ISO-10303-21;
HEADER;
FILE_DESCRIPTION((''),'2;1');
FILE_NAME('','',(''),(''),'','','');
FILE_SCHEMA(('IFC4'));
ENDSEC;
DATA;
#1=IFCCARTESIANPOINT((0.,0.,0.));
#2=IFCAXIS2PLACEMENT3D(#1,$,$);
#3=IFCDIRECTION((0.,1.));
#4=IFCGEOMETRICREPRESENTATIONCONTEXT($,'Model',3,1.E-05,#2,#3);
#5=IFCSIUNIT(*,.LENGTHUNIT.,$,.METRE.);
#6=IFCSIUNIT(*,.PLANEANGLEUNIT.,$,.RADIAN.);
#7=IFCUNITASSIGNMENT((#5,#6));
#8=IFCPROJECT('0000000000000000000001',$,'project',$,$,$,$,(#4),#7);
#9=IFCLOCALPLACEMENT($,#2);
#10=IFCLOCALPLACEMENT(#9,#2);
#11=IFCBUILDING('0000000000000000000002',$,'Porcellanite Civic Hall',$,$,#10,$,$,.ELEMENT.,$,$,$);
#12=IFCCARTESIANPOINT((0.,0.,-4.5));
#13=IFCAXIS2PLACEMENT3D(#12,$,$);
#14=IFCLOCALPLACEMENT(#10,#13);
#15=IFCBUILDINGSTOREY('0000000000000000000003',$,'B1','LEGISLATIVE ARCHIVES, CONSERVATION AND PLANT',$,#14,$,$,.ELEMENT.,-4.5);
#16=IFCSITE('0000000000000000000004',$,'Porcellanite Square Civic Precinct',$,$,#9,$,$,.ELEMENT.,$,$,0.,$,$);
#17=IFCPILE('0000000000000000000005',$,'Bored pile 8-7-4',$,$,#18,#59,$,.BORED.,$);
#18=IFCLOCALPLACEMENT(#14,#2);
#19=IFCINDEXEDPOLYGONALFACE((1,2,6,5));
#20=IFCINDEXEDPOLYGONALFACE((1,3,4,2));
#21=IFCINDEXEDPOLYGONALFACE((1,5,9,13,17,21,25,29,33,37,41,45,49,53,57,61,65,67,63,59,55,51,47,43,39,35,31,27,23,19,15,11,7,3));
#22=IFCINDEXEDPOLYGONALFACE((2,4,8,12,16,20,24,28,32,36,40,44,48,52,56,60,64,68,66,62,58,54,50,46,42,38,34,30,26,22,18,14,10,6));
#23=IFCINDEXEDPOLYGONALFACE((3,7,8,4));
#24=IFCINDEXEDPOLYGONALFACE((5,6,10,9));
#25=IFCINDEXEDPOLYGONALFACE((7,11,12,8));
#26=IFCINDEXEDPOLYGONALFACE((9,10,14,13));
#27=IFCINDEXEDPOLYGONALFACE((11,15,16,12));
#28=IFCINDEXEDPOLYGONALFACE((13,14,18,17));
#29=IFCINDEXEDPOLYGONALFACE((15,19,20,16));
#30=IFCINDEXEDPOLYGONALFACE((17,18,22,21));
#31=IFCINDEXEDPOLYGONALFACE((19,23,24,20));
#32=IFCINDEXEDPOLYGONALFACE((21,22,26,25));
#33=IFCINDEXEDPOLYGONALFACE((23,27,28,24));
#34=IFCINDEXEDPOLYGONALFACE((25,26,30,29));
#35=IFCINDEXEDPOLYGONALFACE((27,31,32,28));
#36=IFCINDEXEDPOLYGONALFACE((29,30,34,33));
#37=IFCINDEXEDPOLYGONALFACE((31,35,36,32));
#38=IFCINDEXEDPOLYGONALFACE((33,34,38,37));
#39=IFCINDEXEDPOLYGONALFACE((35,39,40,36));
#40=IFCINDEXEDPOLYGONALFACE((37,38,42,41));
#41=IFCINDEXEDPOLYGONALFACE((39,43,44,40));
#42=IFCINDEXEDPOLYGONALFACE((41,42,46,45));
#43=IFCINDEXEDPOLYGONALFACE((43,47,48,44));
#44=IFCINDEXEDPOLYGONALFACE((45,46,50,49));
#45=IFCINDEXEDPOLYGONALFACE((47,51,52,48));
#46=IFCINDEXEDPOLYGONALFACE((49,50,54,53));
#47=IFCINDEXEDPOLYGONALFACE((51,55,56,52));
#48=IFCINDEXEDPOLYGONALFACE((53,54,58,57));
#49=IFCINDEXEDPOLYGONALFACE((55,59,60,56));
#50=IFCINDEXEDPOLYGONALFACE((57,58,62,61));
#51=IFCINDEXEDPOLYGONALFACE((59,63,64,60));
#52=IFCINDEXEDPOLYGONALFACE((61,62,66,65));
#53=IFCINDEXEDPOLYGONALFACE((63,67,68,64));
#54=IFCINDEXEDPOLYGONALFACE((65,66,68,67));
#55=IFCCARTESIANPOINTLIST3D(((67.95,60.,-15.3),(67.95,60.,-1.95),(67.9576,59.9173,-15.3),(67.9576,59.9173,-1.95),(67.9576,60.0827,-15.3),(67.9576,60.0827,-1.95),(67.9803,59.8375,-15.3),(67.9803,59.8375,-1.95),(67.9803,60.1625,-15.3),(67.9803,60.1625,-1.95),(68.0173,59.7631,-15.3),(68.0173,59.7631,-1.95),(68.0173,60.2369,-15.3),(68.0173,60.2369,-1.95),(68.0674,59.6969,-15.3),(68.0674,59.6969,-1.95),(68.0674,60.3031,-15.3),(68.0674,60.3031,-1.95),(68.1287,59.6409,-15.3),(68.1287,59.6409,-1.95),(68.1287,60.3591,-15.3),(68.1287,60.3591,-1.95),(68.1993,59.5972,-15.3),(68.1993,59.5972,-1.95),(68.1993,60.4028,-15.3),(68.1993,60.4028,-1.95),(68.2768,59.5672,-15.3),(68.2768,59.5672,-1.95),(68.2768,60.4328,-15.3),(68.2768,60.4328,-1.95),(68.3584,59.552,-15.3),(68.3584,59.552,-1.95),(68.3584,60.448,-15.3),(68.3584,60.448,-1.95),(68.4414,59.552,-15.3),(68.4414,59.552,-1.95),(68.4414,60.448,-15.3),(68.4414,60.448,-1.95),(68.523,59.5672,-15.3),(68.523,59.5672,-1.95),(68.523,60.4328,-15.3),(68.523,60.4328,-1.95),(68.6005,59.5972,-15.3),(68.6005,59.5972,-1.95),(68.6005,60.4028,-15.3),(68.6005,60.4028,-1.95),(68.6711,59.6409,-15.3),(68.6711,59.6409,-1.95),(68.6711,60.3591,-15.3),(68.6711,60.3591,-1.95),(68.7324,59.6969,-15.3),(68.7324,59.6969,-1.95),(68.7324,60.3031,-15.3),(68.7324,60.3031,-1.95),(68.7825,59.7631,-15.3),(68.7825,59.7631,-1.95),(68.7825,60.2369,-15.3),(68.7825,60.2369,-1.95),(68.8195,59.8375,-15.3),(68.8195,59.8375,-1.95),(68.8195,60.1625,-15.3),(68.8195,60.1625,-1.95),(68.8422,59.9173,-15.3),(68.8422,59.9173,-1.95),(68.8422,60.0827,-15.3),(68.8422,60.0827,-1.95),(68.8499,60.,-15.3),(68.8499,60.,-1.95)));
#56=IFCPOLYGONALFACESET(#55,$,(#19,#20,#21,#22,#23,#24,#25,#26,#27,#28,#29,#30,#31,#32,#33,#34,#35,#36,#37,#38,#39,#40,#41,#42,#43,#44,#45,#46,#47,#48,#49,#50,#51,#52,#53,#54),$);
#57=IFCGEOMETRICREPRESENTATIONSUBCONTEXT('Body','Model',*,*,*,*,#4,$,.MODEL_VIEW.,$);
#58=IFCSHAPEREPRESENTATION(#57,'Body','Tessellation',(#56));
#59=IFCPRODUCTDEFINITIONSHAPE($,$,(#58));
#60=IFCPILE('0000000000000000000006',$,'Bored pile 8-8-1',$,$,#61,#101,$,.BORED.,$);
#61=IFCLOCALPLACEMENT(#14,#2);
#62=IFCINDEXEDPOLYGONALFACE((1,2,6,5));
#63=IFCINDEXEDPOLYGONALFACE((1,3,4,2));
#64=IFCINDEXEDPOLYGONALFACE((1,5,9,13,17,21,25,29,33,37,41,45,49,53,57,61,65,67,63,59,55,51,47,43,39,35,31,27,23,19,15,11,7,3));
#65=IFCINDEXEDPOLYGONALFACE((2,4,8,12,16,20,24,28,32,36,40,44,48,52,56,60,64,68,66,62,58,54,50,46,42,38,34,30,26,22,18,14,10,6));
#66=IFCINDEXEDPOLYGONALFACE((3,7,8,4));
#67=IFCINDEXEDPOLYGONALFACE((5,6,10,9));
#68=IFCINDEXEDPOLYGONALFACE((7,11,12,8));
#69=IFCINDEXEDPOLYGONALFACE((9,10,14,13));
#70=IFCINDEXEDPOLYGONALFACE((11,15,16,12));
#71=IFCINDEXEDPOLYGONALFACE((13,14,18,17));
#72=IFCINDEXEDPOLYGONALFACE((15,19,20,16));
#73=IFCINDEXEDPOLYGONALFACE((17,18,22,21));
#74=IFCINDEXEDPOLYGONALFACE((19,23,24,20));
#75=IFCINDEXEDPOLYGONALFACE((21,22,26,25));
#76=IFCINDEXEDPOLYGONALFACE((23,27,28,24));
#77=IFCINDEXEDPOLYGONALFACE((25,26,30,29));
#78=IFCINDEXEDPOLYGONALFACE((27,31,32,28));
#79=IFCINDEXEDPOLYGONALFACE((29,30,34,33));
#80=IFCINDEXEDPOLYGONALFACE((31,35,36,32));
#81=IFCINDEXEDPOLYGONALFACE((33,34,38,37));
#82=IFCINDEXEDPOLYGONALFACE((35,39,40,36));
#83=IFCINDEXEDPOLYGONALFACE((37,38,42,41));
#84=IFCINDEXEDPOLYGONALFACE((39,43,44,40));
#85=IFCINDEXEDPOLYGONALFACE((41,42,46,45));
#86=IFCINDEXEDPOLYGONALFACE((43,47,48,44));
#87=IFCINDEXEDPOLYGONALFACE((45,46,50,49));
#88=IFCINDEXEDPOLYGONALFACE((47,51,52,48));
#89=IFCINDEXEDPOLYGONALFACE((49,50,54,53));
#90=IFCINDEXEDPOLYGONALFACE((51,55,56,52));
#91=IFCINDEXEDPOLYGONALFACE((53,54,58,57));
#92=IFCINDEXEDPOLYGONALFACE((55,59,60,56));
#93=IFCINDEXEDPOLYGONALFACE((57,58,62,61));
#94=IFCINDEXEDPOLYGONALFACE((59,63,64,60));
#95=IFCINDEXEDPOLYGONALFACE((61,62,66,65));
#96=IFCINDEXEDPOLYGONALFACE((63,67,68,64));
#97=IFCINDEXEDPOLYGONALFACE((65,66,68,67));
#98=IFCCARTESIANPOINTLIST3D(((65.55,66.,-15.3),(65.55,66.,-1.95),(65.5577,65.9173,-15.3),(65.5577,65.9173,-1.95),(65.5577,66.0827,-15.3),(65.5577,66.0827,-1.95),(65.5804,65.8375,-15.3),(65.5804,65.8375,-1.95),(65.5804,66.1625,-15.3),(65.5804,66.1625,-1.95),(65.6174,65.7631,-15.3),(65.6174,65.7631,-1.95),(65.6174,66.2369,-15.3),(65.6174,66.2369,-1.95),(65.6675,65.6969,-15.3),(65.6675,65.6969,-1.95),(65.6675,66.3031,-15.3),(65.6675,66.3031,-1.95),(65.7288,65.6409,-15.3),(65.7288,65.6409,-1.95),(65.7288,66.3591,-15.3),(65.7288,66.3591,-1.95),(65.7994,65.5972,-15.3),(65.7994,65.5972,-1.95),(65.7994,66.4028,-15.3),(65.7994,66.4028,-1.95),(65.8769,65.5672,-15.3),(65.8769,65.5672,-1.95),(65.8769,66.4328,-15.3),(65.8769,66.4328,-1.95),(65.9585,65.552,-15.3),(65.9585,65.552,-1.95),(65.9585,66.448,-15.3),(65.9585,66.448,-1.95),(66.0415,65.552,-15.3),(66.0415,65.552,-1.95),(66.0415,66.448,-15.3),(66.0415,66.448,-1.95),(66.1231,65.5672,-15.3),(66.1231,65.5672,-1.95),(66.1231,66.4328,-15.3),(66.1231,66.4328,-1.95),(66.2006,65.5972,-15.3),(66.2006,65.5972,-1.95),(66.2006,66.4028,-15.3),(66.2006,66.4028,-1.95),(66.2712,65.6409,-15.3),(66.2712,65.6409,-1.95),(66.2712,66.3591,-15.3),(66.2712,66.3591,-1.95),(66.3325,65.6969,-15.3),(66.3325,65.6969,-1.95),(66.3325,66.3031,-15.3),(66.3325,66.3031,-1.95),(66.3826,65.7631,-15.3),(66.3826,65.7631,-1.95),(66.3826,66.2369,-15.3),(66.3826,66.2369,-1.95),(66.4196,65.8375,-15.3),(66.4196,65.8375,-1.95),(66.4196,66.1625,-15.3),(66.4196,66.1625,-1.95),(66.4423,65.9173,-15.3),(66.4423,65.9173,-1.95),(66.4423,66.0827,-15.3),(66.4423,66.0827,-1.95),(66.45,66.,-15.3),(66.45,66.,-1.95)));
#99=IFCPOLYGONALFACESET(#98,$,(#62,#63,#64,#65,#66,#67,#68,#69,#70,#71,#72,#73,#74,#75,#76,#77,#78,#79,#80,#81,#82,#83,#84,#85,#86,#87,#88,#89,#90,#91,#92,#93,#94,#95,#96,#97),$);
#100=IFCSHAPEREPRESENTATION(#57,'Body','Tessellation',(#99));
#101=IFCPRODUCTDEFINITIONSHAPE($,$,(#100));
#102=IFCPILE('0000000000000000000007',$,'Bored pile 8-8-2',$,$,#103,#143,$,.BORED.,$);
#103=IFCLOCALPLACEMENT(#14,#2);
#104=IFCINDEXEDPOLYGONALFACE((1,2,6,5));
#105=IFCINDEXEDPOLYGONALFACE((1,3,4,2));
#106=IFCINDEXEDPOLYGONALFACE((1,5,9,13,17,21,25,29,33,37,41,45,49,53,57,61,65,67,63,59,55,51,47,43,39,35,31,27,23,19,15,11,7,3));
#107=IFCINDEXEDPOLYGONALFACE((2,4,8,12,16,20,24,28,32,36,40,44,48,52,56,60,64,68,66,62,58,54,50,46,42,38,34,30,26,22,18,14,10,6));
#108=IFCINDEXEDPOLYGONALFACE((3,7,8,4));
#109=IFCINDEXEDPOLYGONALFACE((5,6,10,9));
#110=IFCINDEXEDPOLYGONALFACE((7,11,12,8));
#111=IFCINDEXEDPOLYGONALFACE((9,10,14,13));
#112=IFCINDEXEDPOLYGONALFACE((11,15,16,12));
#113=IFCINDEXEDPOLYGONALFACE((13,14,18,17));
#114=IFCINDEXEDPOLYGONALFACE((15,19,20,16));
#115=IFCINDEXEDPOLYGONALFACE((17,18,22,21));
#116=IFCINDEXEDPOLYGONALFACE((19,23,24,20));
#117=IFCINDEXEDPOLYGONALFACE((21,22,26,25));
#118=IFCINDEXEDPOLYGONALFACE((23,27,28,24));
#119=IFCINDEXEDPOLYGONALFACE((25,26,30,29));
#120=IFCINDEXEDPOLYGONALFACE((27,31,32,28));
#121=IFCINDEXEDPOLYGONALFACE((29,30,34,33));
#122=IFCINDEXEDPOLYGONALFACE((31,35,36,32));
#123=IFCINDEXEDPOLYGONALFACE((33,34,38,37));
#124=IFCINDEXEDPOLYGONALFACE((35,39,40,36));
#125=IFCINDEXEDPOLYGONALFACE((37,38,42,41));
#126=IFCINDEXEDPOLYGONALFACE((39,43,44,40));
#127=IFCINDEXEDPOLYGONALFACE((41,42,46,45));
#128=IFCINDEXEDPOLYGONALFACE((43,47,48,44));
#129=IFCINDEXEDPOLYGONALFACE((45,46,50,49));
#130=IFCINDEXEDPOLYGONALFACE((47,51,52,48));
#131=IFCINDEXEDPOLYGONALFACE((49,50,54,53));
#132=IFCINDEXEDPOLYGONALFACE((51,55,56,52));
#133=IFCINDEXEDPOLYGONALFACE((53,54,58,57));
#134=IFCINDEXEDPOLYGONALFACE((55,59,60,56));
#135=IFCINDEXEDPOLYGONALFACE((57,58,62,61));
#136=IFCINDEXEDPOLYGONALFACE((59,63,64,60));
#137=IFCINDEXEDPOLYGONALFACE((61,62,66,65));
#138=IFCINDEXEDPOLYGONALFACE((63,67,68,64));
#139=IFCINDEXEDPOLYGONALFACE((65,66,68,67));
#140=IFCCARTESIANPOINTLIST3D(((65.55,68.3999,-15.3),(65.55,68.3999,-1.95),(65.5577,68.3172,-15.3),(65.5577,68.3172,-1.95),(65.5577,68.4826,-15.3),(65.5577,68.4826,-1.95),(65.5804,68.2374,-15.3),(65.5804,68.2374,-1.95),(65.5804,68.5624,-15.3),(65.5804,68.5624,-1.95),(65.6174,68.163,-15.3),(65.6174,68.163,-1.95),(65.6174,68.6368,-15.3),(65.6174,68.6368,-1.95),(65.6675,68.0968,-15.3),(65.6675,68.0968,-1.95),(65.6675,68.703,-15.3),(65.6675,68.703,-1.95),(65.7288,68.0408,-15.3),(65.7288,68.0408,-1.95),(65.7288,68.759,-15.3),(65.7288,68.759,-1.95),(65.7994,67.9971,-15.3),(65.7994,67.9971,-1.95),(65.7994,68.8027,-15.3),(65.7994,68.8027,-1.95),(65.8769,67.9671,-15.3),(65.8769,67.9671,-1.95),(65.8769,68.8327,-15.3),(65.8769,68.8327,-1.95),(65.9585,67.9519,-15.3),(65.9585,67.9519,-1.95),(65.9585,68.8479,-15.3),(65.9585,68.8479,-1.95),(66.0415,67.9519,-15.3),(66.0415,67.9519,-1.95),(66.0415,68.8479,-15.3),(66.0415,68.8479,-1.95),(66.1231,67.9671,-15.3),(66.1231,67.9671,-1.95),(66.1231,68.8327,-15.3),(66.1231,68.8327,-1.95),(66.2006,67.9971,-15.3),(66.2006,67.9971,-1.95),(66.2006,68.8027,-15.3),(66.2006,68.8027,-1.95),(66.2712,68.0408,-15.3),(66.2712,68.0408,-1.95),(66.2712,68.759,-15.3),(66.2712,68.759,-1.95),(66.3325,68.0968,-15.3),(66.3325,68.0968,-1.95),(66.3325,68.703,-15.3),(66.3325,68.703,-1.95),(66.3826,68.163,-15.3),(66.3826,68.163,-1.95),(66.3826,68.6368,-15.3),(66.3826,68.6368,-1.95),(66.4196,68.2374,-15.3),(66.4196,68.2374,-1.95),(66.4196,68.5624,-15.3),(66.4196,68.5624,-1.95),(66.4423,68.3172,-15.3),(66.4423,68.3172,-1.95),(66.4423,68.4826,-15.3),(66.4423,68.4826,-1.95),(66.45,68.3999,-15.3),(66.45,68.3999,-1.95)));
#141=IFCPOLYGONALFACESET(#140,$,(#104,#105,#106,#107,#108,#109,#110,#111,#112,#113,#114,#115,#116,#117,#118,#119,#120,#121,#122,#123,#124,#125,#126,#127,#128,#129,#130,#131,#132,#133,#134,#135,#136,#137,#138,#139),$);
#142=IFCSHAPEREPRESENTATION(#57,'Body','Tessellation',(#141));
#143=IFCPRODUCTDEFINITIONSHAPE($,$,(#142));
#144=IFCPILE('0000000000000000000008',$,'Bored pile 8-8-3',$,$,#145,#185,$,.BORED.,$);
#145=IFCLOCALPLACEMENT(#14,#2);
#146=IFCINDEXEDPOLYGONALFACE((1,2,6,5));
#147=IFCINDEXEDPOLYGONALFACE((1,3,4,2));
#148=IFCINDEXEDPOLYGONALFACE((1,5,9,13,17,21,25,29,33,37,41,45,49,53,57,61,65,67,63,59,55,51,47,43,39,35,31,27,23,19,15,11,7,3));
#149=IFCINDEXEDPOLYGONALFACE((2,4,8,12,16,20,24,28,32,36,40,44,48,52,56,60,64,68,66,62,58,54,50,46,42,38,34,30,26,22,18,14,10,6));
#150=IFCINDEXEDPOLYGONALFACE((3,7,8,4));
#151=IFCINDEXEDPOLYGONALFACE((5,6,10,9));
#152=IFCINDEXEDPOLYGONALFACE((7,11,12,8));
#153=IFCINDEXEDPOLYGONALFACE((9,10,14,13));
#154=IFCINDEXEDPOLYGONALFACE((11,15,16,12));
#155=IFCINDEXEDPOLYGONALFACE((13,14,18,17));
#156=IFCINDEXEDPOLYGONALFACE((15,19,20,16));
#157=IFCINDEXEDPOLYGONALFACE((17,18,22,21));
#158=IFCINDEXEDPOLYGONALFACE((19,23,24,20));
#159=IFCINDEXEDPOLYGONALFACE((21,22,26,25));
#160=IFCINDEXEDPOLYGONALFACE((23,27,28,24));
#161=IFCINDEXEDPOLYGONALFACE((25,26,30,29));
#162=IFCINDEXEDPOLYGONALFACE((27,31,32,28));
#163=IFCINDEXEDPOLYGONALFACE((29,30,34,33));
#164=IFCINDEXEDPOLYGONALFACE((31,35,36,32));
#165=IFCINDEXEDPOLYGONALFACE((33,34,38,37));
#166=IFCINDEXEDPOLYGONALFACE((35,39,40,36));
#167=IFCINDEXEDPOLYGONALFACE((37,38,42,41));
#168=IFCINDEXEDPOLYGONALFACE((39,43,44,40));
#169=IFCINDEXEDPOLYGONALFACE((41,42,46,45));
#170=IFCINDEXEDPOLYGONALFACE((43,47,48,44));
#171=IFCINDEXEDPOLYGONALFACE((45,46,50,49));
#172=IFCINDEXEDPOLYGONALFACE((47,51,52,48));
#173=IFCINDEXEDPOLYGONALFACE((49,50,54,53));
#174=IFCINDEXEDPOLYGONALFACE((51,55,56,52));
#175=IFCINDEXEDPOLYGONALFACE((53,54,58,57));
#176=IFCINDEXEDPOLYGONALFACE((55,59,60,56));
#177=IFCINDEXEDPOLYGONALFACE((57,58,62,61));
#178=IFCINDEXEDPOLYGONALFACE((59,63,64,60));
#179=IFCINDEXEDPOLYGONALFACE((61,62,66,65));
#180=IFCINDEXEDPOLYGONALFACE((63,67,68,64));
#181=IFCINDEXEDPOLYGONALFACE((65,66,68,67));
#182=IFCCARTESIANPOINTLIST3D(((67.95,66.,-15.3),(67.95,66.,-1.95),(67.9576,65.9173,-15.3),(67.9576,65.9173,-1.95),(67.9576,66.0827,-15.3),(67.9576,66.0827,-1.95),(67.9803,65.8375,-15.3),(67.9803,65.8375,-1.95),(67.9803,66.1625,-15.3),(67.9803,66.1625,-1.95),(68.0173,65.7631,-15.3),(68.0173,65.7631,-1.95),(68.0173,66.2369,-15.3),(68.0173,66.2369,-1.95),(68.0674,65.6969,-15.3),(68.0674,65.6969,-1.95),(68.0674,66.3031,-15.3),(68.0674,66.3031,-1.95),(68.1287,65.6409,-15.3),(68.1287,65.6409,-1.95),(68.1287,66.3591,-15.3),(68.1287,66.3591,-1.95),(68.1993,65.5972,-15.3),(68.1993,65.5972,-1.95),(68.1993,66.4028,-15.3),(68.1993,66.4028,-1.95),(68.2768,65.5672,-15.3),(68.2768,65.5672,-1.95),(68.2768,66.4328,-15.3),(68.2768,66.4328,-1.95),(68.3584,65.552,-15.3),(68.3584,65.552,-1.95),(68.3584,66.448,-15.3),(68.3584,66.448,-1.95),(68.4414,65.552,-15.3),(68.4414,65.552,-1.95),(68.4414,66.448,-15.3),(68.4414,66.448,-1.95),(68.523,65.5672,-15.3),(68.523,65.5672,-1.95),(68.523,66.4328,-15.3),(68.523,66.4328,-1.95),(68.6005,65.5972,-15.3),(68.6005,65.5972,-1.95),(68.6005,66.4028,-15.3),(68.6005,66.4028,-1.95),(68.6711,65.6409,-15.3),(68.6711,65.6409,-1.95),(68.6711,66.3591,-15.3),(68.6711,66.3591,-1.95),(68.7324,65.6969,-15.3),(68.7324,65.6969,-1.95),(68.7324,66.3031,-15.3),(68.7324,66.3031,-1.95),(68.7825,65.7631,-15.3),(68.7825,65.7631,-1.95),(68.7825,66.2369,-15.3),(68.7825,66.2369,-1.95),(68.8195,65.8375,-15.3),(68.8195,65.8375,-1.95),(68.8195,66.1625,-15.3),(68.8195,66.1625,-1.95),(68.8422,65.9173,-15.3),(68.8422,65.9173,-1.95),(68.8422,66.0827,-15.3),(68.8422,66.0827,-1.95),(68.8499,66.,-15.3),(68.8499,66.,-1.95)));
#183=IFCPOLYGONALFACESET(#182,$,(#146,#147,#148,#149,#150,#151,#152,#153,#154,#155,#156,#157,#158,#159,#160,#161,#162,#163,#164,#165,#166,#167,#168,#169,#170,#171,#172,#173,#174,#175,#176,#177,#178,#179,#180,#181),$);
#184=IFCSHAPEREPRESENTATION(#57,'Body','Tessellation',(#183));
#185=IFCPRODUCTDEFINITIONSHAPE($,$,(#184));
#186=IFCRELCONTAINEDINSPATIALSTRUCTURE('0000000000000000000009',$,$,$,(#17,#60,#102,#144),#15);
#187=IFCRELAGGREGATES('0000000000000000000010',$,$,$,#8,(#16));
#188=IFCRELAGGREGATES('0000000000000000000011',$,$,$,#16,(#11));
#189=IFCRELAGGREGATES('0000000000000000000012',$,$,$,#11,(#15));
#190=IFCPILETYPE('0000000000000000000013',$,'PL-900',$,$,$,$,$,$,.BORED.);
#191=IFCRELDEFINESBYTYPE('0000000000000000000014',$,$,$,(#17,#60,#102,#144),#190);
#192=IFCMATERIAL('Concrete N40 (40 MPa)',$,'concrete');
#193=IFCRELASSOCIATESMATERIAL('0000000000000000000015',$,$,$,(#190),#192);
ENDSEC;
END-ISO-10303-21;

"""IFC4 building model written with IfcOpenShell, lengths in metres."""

from ifc_helpers import new_model, si_unit, direction, frame, origin, origin_2d, place, context, subcontext, project, spatial, circle, extrude, material, material_profile, profile_set, type_object, element, save


model = new_model("IFC4")

# Units and contexts
model_context = context("Model", 3, precision=1e-05, world=origin(), true_north=direction((0.0, 1.0)))
body_context = subcontext(model_context, "Body", "Model", "MODEL_VIEW")
ifc_project = project(units=[si_unit("LENGTHUNIT", "METRE"), si_unit("PLANEANGLEUNIT", "RADIAN")], contexts=[model_context])

# Site, building, storey
site_placement = place(None, origin())
site = spatial("IfcSite", under=ifc_project, at=site_placement, Name="Porcellanite Square Civic Precinct", CompositionType="ELEMENT", RefElevation=0.0)
building_placement = place(site_placement, origin())
building = spatial("IfcBuilding", under=site, at=building_placement, Name="Porcellanite Civic Hall", CompositionType="ELEMENT")
storey_placement = place(building_placement, frame((0.0, 0.0, -4.5)))
storey = spatial("IfcBuildingStorey", under=building, at=storey_placement, Name="B1", Description="LEGISLATIVE ARCHIVES, CONSERVATION AND PLANT", CompositionType="ELEMENT", Elevation=-4.5)

# Piles
ifc_material_1 = material(Name="Concrete N40 (40 MPa)", Category="concrete")
ifc_material_profile_1 = material_profile(ifc_material_1, circle(Radius=0.45, at=origin_2d()), Name="PILE-D900")
ifc_profile_set_1 = profile_set([ifc_material_profile_1], Name="Concrete N40 (40 MPa)")
pile_type_1 = type_object("IfcPileType", Name="PL-900", PredefinedType="BORED", material=ifc_profile_set_1)
for number, where, z_axis, x_axis, name in (
    (1, (68.3999, 60.0, -1.95), (0.0, 0.0, -1.0), (1.0, 0.0, 0.0), "Bored pile 8-7-4"),
    (2, (66.0, 66.0, -1.95), (0.0, 0.0, -1.0), (1.0, 0.0, 0.0), "Bored pile 8-8-1"),
    (3, (66.0, 68.3999, -1.95), (0.0, 0.0, -1.0), (1.0, 0.0, 0.0), "Bored pile 8-8-2"),
    (4, (68.3999, 66.0, -1.95), (0.0, 0.0, -1.0), (1.0, 0.0, 0.0), "Bored pile 8-8-3"),
):
    element("IfcPile", number, at=place(storey_placement, frame(where, z_axis=z_axis, x_axis=x_axis)), inside=storey, type_object=pile_type_1, Name=name, PredefinedType="BORED", context=body_context, shape_type="SweptSolid", body=[
        extrude(circle(Radius=0.45, at=origin_2d()), origin(), (0.0, 0.0, 1.0), 13.3501),
    ])

save(model, "model.ifc")
